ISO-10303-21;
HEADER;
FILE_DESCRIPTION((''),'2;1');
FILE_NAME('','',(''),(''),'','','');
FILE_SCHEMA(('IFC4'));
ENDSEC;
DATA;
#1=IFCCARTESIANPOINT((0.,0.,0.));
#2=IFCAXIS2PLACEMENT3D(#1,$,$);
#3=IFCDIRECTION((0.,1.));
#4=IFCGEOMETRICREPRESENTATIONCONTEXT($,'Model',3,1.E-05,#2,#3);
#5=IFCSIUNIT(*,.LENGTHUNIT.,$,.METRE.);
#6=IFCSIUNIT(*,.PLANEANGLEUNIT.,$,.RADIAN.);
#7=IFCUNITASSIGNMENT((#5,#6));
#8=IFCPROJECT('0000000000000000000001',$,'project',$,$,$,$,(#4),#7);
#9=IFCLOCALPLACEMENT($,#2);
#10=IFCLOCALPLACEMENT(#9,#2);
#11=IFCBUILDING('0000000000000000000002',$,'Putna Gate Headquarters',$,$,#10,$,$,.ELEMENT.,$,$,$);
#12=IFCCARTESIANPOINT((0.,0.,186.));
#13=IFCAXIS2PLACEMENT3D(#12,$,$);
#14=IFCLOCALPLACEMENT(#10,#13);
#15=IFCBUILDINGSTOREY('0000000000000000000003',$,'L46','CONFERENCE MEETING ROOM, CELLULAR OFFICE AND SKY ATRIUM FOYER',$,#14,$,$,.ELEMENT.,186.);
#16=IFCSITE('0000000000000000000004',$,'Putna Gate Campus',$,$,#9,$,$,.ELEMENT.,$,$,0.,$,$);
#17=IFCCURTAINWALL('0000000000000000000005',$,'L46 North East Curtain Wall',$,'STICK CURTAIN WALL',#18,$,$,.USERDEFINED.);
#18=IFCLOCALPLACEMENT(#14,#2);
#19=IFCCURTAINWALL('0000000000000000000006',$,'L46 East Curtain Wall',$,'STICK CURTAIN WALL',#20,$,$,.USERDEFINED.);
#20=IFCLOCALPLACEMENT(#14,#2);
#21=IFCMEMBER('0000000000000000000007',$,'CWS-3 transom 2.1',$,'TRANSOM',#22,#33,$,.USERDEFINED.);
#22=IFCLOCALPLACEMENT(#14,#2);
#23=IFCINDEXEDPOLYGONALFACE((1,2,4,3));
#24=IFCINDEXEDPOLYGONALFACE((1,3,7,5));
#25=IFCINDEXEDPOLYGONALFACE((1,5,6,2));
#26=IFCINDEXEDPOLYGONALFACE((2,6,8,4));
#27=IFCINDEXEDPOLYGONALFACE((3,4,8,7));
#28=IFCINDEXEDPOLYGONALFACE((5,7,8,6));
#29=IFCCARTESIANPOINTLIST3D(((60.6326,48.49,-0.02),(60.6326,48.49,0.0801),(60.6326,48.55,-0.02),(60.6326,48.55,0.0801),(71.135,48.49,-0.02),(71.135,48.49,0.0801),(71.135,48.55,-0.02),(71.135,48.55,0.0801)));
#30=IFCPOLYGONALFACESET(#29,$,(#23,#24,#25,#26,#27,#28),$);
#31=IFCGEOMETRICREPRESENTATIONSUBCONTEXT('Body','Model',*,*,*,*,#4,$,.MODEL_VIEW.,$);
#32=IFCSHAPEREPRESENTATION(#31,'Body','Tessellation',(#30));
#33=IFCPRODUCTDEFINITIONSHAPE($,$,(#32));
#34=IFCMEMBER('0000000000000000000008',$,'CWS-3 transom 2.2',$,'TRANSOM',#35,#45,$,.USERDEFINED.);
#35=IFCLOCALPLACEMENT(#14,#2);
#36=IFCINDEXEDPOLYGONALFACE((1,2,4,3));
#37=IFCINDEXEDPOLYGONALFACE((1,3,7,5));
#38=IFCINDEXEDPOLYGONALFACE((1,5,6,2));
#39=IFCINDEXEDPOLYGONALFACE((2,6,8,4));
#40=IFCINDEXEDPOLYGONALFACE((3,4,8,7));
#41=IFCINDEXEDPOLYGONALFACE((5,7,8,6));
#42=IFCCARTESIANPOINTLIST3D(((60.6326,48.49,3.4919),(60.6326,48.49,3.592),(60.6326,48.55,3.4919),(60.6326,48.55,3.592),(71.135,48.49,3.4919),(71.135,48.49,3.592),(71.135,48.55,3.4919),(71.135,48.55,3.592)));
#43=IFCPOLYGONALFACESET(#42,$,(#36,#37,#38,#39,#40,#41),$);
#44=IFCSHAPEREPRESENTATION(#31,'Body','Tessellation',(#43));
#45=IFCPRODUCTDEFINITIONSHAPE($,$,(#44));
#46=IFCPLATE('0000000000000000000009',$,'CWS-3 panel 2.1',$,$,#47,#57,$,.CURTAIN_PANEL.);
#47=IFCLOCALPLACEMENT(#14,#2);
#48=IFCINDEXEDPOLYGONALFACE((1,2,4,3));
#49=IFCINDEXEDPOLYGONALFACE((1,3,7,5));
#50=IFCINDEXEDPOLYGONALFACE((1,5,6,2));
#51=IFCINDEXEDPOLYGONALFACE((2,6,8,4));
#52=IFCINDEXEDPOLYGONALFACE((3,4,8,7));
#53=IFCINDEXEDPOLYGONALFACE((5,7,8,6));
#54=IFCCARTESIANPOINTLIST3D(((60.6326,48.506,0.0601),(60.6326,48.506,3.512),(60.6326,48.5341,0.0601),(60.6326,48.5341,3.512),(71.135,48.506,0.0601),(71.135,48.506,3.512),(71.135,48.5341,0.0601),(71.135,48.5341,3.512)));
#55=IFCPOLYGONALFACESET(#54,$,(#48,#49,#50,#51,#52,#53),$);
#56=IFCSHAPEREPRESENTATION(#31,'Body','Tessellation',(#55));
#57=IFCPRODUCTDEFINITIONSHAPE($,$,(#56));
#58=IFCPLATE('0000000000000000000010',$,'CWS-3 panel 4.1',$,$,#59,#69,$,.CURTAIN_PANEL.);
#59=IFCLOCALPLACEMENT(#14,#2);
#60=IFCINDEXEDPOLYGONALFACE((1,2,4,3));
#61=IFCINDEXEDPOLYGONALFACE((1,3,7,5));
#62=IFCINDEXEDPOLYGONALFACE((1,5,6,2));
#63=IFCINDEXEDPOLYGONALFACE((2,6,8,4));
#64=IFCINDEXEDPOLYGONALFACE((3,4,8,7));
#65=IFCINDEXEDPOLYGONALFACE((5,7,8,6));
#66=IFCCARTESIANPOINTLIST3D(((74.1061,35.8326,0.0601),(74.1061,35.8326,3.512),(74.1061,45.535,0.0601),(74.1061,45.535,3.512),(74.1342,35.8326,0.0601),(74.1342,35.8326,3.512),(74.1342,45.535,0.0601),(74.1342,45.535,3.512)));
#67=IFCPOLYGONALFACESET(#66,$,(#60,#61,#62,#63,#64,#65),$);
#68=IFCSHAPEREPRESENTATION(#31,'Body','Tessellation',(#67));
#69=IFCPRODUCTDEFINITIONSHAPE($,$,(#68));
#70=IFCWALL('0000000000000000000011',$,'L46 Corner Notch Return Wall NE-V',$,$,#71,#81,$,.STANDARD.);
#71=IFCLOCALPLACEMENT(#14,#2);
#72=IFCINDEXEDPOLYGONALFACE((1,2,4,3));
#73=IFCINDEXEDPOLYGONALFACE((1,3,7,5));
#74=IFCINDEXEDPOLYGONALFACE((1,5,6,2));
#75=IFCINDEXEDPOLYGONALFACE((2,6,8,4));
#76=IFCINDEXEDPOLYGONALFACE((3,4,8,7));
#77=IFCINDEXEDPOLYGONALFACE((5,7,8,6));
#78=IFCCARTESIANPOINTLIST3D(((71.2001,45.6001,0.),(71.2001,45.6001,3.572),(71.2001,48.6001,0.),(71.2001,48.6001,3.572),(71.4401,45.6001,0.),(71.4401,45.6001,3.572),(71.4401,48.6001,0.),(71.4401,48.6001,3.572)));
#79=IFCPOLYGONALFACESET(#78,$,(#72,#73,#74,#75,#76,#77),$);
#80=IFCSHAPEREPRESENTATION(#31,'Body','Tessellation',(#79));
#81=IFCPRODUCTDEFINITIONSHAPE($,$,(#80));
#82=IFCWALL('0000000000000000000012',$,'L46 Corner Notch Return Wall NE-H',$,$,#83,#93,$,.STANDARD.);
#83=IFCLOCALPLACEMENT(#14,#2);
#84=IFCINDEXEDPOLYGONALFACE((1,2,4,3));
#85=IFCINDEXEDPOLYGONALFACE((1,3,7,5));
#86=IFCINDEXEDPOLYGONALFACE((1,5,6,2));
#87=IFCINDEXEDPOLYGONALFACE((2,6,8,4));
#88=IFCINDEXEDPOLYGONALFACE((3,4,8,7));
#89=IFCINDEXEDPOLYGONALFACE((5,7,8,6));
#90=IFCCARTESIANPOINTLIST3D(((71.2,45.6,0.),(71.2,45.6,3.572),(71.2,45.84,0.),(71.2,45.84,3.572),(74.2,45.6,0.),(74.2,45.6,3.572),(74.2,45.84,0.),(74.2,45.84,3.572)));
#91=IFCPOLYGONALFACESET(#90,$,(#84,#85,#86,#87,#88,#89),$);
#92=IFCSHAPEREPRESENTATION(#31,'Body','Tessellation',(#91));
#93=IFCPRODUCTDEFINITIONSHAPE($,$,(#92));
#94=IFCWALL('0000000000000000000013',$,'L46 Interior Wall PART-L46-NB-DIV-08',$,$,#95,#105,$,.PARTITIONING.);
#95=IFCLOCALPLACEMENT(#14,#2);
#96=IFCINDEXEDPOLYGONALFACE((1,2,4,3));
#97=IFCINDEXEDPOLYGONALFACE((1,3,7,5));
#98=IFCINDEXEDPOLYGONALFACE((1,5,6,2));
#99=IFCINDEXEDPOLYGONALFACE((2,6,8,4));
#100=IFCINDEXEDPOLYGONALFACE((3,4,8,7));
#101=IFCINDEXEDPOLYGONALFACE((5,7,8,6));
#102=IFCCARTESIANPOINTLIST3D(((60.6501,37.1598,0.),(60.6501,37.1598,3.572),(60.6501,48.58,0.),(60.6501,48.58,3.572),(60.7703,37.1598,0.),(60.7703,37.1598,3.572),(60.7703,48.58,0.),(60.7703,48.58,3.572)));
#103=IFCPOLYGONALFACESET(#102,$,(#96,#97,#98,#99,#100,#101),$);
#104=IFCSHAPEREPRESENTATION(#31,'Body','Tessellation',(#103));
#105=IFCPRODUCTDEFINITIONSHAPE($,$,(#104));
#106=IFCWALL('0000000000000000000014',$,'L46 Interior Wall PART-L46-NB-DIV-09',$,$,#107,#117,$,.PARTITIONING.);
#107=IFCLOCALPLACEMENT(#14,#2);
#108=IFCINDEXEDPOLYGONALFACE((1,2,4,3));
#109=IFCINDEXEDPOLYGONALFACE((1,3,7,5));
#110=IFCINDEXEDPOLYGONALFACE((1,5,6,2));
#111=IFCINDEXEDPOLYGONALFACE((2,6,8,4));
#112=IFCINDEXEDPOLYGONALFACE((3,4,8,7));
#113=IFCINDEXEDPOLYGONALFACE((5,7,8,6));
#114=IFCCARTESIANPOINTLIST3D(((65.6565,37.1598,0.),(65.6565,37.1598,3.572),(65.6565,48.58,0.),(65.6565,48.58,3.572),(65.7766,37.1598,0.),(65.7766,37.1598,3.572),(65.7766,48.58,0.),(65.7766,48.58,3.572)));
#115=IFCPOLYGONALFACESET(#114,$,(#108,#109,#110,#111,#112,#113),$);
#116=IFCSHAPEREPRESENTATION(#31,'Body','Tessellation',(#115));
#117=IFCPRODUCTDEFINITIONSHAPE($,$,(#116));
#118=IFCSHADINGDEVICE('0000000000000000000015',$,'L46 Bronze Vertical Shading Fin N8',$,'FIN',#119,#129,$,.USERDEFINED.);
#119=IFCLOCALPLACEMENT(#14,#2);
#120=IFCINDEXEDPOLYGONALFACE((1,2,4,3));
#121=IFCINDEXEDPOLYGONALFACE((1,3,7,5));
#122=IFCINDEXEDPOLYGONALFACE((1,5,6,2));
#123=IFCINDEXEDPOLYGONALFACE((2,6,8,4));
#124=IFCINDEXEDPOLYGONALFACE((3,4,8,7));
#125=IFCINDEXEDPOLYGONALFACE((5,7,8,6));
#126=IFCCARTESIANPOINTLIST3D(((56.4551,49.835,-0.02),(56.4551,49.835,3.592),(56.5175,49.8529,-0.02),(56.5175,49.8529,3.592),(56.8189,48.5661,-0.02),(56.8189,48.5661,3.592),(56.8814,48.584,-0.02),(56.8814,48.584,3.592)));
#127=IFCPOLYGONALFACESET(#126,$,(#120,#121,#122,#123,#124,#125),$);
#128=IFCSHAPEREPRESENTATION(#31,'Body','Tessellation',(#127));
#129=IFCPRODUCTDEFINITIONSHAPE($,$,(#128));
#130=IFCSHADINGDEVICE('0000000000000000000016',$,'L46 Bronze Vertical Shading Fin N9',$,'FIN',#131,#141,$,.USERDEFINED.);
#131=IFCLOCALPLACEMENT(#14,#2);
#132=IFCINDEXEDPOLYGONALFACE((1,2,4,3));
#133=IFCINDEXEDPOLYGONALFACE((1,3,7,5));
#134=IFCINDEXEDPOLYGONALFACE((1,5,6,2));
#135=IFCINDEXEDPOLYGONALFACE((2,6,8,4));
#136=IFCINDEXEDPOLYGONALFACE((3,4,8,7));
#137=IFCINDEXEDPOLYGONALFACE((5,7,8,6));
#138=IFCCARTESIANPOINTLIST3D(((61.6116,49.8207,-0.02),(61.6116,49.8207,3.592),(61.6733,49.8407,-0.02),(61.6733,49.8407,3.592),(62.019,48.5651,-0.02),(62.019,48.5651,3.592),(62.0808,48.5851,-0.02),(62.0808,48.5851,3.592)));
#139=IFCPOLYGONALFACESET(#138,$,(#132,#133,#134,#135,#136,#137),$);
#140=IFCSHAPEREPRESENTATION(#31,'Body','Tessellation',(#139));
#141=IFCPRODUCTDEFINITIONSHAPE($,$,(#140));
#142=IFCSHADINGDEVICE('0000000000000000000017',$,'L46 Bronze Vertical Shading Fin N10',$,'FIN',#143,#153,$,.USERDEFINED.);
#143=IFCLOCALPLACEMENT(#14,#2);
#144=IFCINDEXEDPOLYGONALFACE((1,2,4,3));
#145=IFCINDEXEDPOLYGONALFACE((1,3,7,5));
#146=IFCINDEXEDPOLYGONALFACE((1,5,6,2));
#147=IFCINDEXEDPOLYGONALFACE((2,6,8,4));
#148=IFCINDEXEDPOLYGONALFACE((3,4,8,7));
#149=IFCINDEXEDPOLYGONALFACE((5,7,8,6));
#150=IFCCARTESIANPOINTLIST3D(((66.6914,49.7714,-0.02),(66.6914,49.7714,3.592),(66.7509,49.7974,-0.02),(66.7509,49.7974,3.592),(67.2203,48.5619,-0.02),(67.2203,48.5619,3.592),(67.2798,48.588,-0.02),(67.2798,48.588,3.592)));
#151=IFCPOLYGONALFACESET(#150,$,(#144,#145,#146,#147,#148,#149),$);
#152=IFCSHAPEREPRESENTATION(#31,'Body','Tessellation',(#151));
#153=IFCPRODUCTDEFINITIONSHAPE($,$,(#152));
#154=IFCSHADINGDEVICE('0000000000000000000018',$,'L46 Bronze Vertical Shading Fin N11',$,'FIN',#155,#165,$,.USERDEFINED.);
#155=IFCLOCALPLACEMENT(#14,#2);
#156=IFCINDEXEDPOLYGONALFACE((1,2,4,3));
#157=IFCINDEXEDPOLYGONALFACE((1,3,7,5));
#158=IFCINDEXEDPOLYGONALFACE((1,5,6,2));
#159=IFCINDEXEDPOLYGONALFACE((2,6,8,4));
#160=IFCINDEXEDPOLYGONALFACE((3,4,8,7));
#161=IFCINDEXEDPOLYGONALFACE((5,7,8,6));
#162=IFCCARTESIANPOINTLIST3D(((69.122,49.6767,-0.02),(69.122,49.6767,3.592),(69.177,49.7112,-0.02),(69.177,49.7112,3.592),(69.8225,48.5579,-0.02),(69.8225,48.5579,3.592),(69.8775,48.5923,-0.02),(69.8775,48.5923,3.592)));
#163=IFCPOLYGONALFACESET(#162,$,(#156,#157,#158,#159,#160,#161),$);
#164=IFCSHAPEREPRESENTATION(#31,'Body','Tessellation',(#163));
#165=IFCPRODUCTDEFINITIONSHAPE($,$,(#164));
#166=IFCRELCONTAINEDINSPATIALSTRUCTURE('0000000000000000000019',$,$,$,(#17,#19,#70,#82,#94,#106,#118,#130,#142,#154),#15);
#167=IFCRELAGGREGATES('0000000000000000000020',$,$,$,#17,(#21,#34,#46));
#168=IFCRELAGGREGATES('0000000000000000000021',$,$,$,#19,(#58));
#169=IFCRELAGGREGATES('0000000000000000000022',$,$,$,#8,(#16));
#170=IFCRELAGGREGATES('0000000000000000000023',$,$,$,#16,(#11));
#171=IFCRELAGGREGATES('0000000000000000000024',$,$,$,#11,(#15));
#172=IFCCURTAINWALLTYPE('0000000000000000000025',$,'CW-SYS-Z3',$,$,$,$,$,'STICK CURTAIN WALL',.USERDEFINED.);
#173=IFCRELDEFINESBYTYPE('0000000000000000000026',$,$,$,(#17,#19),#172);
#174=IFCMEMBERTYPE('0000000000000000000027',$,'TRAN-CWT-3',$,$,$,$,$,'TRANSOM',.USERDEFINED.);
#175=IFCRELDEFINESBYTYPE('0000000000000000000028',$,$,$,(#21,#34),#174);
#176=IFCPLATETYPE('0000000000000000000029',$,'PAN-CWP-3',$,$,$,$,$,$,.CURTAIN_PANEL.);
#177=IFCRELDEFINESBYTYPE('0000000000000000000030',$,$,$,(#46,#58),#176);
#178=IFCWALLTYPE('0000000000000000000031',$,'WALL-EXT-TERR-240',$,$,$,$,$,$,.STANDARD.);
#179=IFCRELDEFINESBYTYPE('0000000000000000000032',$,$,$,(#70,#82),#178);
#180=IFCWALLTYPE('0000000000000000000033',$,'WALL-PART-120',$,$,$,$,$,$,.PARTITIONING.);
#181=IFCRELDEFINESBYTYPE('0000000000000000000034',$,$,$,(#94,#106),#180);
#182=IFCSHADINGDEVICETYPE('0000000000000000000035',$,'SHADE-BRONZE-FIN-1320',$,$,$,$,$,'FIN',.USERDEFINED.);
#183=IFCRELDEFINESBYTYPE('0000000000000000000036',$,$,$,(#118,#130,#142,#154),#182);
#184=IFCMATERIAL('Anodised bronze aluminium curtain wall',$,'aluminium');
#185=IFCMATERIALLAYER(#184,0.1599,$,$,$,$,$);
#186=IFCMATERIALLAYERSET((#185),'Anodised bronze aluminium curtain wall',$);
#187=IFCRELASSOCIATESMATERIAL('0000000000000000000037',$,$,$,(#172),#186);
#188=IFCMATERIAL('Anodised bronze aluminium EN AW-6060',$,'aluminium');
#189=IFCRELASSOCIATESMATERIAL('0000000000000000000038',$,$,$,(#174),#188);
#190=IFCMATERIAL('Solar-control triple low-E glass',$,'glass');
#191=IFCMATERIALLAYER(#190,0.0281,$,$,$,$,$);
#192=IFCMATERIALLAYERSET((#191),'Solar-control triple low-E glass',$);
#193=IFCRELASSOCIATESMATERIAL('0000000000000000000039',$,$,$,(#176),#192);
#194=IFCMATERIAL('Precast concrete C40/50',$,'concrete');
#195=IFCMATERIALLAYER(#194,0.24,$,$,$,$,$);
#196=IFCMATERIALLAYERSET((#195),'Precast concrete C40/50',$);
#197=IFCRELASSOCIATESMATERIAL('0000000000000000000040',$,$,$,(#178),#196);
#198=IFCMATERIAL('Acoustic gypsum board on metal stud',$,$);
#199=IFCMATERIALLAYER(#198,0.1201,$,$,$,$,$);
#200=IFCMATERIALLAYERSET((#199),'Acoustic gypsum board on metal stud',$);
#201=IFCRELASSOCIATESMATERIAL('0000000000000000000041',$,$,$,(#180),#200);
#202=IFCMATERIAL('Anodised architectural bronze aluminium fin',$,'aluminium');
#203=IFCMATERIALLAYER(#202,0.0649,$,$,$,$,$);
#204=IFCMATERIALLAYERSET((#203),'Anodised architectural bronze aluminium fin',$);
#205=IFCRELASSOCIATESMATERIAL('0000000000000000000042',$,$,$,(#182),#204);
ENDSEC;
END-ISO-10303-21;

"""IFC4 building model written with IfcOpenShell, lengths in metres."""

from ifc_helpers import new_model, si_unit, direction, frame, frame_2d, origin, origin_2d, place, context, subcontext, project, spatial, rectangle, extrude, material, layer, layer_set, material_profile, profile_set, type_object, element, aggregate, save


model = new_model("IFC4")

# Units and contexts
model_context = context("Model", 3, precision=1e-05, world=origin(), true_north=direction((0.0, 1.0)))
body_context = subcontext(model_context, "Body", "Model", "MODEL_VIEW")
ifc_project = project(units=[si_unit("LENGTHUNIT", "METRE"), si_unit("PLANEANGLEUNIT", "RADIAN")], contexts=[model_context])

# Site, building, storey
site_placement = place(None, origin())
site = spatial("IfcSite", under=ifc_project, at=site_placement, Name="Putna Gate Campus", CompositionType="ELEMENT", RefElevation=0.0)
building_placement = place(site_placement, origin())
building = spatial("IfcBuilding", under=site, at=building_placement, Name="Putna Gate Headquarters", CompositionType="ELEMENT")
storey_placement = place(building_placement, frame((0.0, 0.0, 186.0)))
storey = spatial("IfcBuildingStorey", under=building, at=storey_placement, Name="L46", Description="CONFERENCE MEETING ROOM, CELLULAR OFFICE AND SKY ATRIUM FOYER", CompositionType="ELEMENT", Elevation=186.0)

# Curtain wall
ifc_material_1 = material(Name="Anodised bronze aluminium curtain wall", Category="aluminium")
ifc_layer_1 = layer(ifc_material_1, 0.1599)
ifc_layer_set_1 = layer_set([ifc_layer_1], Name="Anodised bronze aluminium curtain wall")
curtain_wall_type = type_object("IfcCurtainWallType", Name="CW-SYS-Z3", ElementType="STICK CURTAIN WALL", PredefinedType="USERDEFINED", material=ifc_layer_set_1)
curtain_wall_1_placement = place(storey_placement, origin())
curtain_wall_1 = element("IfcCurtainWall", 1, at=curtain_wall_1_placement, inside=storey, type_object=curtain_wall_type, Name="L46 North East Curtain Wall", ObjectType="STICK CURTAIN WALL", PredefinedType="USERDEFINED")
ifc_material_2 = material(Name="Anodised bronze aluminium EN AW-6060", Category="aluminium")

# Curtain wall
curtain_wall_2_placement = place(storey_placement, origin())
curtain_wall_2 = element("IfcCurtainWall", 2, at=curtain_wall_2_placement, inside=storey, type_object=curtain_wall_type, Name="L46 East Curtain Wall", ObjectType="STICK CURTAIN WALL", PredefinedType="USERDEFINED")

# Members
ifc_material_profile_1 = material_profile(ifc_material_2, rectangle(XDim=0.0601, YDim=0.1001, at=origin_2d()), Name="Anodised bronze aluminium EN AW-6060")
ifc_profile_set_1 = profile_set([ifc_material_profile_1], Name="Anodised bronze aluminium EN AW-6060")
member_type_1 = type_object("IfcMemberType", Name="TRAN-CWT-3", ElementType="TRANSOM", PredefinedType="USERDEFINED", material=ifc_profile_set_1)
member_1_placement = place(storey_placement, frame((60.6326, 48.52, 0.03), z_axis=(1.0, 0.0, 0.0), x_axis=(0.0, 1.0, 0.0)))
member_1 = element("IfcMember", 3, at=member_1_placement, type_object=member_type_1, Name="CWS-3 transom 2.1", ObjectType="TRANSOM", PredefinedType="USERDEFINED", context=body_context, shape_type="SweptSolid", body=[
    extrude(rectangle(XDim=0.0601, YDim=0.1001, at=origin_2d()), origin(), (0.0, 0.0, 1.0), 10.5024),
])
member_2_placement = place(storey_placement, frame((60.6326, 48.52, 3.542), z_axis=(1.0, 0.0, 0.0), x_axis=(0.0, 1.0, 0.0)))
member_2 = element("IfcMember", 4, at=member_2_placement, type_object=member_type_1, Name="CWS-3 transom 2.2", ObjectType="TRANSOM", PredefinedType="USERDEFINED", context=body_context, shape_type="SweptSolid", body=[
    extrude(rectangle(XDim=0.0601, YDim=0.1001, at=origin_2d()), origin(), (0.0, 0.0, 1.0), 10.5024),
])

# Plates
ifc_material_3 = material(Name="Solar-control triple low-E glass", Category="glass")
ifc_layer_2 = layer(ifc_material_3, 0.0281)
ifc_layer_set_2 = layer_set([ifc_layer_2], Name="Solar-control triple low-E glass")
plate_type = type_object("IfcPlateType", Name="PAN-CWP-3", PredefinedType="CURTAIN_PANEL", material=ifc_layer_set_2)
plate_1_placement = place(storey_placement, frame((65.8838, 48.52, 0.0601), z_axis=(0.0, 0.0, 1.0), x_axis=(1.0, 0.0, 0.0)))
plate_1 = element("IfcPlate", 5, at=plate_1_placement, type_object=plate_type, Name="CWS-3 panel 2.1", PredefinedType="CURTAIN_PANEL", context=body_context, shape_type="SweptSolid", body=[
    extrude(rectangle(XDim=10.5024, YDim=0.0281, at=origin_2d()), origin(), (0.0, 0.0, 1.0), 3.4519),
])
aggregate(curtain_wall_1, [member_1, member_2, plate_1])
plate_2_placement = place(storey_placement, frame((74.1201, 40.6838, 0.0601), z_axis=(0.0, 0.0, 1.0), x_axis=(0.0, 1.0, 0.0)))
plate_2 = element("IfcPlate", 6, at=plate_2_placement, type_object=plate_type, Name="CWS-3 panel 4.1", PredefinedType="CURTAIN_PANEL", context=body_context, shape_type="SweptSolid", body=[
    extrude(rectangle(XDim=9.7024, YDim=0.0281, at=origin_2d()), origin(), (0.0, 0.0, 1.0), 3.4519),
])
aggregate(curtain_wall_2, [plate_2])

# Walls
ifc_material_4 = material(Name="Precast concrete C40/50", Category="concrete")
ifc_layer_3 = layer(ifc_material_4, 0.24)
ifc_layer_set_3 = layer_set([ifc_layer_3], Name="Precast concrete C40/50")
wall_type_1 = type_object("IfcWallType", Name="WALL-EXT-TERR-240", PredefinedType="STANDARD", material=ifc_layer_set_3)
for number, where, z_axis, x_axis, name in (
    (7, (71.3201, 48.6001, 0.0), (0.0, 0.0, 1.0), (0.0, -1.0, 0.0), "L46 Corner Notch Return Wall NE-V"),
    (8, (71.2, 45.72, 0.0), (0.0, 0.0, 1.0), (1.0, 0.0, 0.0), "L46 Corner Notch Return Wall NE-H"),
):
    element("IfcWall", number, at=place(storey_placement, frame(where, z_axis=z_axis, x_axis=x_axis)), inside=storey, type_object=wall_type_1, Name=name, PredefinedType="STANDARD", context=body_context, shape_type="SweptSolid", body=[
        extrude(rectangle(XDim=3.0, YDim=0.24, at=frame_2d((1.5, 0.0))), origin(), (0.0, 0.0, 1.0), 3.572),
    ])
ifc_material_5 = material(Name="Acoustic gypsum board on metal stud")
ifc_layer_4 = layer(ifc_material_5, 0.1201)
ifc_layer_set_4 = layer_set([ifc_layer_4], Name="Acoustic gypsum board on metal stud")
wall_type_2 = type_object("IfcWallType", Name="WALL-PART-120", PredefinedType="PARTITIONING", material=ifc_layer_set_4)
for number, where, z_axis, x_axis, name in (
    (9, (60.7102, 37.1599, 0.0), (0.0, 0.0, 1.0), (0.0, 1.0, 0.0), "L46 Interior Wall PART-L46-NB-DIV-08"),
    (10, (65.7166, 37.1599, 0.0), (0.0, 0.0, 1.0), (0.0, 1.0, 0.0), "L46 Interior Wall PART-L46-NB-DIV-09"),
):
    element("IfcWall", number, at=place(storey_placement, frame(where, z_axis=z_axis, x_axis=x_axis)), inside=storey, type_object=wall_type_2, Name=name, PredefinedType="PARTITIONING", context=body_context, shape_type="SweptSolid", body=[
        extrude(rectangle(XDim=11.4202, YDim=0.1201, at=frame_2d((5.71, 0.0))), origin(), (0.0, 0.0, 1.0), 3.572),
    ])

# Shading devices
ifc_material_6 = material(Name="Anodised architectural bronze aluminium fin", Category="aluminium")
ifc_layer_5 = layer(ifc_material_6, 0.0649)
ifc_layer_set_5 = layer_set([ifc_layer_5], Name="Anodised architectural bronze aluminium fin")
shading_device_type = type_object("IfcShadingDeviceType", Name="SHADE-BRONZE-FIN-1320", ElementType="FIN", PredefinedType="USERDEFINED", material=ifc_layer_set_5)
for number, where, z_axis, x_axis, name in (
    (11, (56.6682, 49.2095, -0.02), (0.0, 0.0, 1.0), (-0.275637, 0.961262, 0.0), "L46 Bronze Vertical Shading Fin N8"),
    (12, (61.8462, 49.2029, -0.02), (0.0, 0.0, 1.0), (-0.308685, 0.951164, 0.0), "L46 Bronze Vertical Shading Fin N9"),
    (13, (66.9856, 49.1797, -0.02), (0.0, 0.0, 1.0), (-0.400669, 0.916223, 0.0), "L46 Bronze Vertical Shading Fin N10"),
    (14, (69.4998, 49.1345, -0.02), (0.0, 0.0, 1.0), (-0.530659, 0.847585, 0.0), "L46 Bronze Vertical Shading Fin N11"),
):
    element("IfcShadingDevice", number, at=place(storey_placement, frame(where, z_axis=z_axis, x_axis=x_axis)), inside=storey, type_object=shading_device_type, Name=name, ObjectType="FIN", PredefinedType="USERDEFINED", context=body_context, shape_type="SweptSolid", body=[
        extrude(rectangle(XDim=1.3201, YDim=0.0649, at=origin_2d()), origin(), (0.0, 0.0, 1.0), 3.6121),
    ])

save(model, "model.ifc")
